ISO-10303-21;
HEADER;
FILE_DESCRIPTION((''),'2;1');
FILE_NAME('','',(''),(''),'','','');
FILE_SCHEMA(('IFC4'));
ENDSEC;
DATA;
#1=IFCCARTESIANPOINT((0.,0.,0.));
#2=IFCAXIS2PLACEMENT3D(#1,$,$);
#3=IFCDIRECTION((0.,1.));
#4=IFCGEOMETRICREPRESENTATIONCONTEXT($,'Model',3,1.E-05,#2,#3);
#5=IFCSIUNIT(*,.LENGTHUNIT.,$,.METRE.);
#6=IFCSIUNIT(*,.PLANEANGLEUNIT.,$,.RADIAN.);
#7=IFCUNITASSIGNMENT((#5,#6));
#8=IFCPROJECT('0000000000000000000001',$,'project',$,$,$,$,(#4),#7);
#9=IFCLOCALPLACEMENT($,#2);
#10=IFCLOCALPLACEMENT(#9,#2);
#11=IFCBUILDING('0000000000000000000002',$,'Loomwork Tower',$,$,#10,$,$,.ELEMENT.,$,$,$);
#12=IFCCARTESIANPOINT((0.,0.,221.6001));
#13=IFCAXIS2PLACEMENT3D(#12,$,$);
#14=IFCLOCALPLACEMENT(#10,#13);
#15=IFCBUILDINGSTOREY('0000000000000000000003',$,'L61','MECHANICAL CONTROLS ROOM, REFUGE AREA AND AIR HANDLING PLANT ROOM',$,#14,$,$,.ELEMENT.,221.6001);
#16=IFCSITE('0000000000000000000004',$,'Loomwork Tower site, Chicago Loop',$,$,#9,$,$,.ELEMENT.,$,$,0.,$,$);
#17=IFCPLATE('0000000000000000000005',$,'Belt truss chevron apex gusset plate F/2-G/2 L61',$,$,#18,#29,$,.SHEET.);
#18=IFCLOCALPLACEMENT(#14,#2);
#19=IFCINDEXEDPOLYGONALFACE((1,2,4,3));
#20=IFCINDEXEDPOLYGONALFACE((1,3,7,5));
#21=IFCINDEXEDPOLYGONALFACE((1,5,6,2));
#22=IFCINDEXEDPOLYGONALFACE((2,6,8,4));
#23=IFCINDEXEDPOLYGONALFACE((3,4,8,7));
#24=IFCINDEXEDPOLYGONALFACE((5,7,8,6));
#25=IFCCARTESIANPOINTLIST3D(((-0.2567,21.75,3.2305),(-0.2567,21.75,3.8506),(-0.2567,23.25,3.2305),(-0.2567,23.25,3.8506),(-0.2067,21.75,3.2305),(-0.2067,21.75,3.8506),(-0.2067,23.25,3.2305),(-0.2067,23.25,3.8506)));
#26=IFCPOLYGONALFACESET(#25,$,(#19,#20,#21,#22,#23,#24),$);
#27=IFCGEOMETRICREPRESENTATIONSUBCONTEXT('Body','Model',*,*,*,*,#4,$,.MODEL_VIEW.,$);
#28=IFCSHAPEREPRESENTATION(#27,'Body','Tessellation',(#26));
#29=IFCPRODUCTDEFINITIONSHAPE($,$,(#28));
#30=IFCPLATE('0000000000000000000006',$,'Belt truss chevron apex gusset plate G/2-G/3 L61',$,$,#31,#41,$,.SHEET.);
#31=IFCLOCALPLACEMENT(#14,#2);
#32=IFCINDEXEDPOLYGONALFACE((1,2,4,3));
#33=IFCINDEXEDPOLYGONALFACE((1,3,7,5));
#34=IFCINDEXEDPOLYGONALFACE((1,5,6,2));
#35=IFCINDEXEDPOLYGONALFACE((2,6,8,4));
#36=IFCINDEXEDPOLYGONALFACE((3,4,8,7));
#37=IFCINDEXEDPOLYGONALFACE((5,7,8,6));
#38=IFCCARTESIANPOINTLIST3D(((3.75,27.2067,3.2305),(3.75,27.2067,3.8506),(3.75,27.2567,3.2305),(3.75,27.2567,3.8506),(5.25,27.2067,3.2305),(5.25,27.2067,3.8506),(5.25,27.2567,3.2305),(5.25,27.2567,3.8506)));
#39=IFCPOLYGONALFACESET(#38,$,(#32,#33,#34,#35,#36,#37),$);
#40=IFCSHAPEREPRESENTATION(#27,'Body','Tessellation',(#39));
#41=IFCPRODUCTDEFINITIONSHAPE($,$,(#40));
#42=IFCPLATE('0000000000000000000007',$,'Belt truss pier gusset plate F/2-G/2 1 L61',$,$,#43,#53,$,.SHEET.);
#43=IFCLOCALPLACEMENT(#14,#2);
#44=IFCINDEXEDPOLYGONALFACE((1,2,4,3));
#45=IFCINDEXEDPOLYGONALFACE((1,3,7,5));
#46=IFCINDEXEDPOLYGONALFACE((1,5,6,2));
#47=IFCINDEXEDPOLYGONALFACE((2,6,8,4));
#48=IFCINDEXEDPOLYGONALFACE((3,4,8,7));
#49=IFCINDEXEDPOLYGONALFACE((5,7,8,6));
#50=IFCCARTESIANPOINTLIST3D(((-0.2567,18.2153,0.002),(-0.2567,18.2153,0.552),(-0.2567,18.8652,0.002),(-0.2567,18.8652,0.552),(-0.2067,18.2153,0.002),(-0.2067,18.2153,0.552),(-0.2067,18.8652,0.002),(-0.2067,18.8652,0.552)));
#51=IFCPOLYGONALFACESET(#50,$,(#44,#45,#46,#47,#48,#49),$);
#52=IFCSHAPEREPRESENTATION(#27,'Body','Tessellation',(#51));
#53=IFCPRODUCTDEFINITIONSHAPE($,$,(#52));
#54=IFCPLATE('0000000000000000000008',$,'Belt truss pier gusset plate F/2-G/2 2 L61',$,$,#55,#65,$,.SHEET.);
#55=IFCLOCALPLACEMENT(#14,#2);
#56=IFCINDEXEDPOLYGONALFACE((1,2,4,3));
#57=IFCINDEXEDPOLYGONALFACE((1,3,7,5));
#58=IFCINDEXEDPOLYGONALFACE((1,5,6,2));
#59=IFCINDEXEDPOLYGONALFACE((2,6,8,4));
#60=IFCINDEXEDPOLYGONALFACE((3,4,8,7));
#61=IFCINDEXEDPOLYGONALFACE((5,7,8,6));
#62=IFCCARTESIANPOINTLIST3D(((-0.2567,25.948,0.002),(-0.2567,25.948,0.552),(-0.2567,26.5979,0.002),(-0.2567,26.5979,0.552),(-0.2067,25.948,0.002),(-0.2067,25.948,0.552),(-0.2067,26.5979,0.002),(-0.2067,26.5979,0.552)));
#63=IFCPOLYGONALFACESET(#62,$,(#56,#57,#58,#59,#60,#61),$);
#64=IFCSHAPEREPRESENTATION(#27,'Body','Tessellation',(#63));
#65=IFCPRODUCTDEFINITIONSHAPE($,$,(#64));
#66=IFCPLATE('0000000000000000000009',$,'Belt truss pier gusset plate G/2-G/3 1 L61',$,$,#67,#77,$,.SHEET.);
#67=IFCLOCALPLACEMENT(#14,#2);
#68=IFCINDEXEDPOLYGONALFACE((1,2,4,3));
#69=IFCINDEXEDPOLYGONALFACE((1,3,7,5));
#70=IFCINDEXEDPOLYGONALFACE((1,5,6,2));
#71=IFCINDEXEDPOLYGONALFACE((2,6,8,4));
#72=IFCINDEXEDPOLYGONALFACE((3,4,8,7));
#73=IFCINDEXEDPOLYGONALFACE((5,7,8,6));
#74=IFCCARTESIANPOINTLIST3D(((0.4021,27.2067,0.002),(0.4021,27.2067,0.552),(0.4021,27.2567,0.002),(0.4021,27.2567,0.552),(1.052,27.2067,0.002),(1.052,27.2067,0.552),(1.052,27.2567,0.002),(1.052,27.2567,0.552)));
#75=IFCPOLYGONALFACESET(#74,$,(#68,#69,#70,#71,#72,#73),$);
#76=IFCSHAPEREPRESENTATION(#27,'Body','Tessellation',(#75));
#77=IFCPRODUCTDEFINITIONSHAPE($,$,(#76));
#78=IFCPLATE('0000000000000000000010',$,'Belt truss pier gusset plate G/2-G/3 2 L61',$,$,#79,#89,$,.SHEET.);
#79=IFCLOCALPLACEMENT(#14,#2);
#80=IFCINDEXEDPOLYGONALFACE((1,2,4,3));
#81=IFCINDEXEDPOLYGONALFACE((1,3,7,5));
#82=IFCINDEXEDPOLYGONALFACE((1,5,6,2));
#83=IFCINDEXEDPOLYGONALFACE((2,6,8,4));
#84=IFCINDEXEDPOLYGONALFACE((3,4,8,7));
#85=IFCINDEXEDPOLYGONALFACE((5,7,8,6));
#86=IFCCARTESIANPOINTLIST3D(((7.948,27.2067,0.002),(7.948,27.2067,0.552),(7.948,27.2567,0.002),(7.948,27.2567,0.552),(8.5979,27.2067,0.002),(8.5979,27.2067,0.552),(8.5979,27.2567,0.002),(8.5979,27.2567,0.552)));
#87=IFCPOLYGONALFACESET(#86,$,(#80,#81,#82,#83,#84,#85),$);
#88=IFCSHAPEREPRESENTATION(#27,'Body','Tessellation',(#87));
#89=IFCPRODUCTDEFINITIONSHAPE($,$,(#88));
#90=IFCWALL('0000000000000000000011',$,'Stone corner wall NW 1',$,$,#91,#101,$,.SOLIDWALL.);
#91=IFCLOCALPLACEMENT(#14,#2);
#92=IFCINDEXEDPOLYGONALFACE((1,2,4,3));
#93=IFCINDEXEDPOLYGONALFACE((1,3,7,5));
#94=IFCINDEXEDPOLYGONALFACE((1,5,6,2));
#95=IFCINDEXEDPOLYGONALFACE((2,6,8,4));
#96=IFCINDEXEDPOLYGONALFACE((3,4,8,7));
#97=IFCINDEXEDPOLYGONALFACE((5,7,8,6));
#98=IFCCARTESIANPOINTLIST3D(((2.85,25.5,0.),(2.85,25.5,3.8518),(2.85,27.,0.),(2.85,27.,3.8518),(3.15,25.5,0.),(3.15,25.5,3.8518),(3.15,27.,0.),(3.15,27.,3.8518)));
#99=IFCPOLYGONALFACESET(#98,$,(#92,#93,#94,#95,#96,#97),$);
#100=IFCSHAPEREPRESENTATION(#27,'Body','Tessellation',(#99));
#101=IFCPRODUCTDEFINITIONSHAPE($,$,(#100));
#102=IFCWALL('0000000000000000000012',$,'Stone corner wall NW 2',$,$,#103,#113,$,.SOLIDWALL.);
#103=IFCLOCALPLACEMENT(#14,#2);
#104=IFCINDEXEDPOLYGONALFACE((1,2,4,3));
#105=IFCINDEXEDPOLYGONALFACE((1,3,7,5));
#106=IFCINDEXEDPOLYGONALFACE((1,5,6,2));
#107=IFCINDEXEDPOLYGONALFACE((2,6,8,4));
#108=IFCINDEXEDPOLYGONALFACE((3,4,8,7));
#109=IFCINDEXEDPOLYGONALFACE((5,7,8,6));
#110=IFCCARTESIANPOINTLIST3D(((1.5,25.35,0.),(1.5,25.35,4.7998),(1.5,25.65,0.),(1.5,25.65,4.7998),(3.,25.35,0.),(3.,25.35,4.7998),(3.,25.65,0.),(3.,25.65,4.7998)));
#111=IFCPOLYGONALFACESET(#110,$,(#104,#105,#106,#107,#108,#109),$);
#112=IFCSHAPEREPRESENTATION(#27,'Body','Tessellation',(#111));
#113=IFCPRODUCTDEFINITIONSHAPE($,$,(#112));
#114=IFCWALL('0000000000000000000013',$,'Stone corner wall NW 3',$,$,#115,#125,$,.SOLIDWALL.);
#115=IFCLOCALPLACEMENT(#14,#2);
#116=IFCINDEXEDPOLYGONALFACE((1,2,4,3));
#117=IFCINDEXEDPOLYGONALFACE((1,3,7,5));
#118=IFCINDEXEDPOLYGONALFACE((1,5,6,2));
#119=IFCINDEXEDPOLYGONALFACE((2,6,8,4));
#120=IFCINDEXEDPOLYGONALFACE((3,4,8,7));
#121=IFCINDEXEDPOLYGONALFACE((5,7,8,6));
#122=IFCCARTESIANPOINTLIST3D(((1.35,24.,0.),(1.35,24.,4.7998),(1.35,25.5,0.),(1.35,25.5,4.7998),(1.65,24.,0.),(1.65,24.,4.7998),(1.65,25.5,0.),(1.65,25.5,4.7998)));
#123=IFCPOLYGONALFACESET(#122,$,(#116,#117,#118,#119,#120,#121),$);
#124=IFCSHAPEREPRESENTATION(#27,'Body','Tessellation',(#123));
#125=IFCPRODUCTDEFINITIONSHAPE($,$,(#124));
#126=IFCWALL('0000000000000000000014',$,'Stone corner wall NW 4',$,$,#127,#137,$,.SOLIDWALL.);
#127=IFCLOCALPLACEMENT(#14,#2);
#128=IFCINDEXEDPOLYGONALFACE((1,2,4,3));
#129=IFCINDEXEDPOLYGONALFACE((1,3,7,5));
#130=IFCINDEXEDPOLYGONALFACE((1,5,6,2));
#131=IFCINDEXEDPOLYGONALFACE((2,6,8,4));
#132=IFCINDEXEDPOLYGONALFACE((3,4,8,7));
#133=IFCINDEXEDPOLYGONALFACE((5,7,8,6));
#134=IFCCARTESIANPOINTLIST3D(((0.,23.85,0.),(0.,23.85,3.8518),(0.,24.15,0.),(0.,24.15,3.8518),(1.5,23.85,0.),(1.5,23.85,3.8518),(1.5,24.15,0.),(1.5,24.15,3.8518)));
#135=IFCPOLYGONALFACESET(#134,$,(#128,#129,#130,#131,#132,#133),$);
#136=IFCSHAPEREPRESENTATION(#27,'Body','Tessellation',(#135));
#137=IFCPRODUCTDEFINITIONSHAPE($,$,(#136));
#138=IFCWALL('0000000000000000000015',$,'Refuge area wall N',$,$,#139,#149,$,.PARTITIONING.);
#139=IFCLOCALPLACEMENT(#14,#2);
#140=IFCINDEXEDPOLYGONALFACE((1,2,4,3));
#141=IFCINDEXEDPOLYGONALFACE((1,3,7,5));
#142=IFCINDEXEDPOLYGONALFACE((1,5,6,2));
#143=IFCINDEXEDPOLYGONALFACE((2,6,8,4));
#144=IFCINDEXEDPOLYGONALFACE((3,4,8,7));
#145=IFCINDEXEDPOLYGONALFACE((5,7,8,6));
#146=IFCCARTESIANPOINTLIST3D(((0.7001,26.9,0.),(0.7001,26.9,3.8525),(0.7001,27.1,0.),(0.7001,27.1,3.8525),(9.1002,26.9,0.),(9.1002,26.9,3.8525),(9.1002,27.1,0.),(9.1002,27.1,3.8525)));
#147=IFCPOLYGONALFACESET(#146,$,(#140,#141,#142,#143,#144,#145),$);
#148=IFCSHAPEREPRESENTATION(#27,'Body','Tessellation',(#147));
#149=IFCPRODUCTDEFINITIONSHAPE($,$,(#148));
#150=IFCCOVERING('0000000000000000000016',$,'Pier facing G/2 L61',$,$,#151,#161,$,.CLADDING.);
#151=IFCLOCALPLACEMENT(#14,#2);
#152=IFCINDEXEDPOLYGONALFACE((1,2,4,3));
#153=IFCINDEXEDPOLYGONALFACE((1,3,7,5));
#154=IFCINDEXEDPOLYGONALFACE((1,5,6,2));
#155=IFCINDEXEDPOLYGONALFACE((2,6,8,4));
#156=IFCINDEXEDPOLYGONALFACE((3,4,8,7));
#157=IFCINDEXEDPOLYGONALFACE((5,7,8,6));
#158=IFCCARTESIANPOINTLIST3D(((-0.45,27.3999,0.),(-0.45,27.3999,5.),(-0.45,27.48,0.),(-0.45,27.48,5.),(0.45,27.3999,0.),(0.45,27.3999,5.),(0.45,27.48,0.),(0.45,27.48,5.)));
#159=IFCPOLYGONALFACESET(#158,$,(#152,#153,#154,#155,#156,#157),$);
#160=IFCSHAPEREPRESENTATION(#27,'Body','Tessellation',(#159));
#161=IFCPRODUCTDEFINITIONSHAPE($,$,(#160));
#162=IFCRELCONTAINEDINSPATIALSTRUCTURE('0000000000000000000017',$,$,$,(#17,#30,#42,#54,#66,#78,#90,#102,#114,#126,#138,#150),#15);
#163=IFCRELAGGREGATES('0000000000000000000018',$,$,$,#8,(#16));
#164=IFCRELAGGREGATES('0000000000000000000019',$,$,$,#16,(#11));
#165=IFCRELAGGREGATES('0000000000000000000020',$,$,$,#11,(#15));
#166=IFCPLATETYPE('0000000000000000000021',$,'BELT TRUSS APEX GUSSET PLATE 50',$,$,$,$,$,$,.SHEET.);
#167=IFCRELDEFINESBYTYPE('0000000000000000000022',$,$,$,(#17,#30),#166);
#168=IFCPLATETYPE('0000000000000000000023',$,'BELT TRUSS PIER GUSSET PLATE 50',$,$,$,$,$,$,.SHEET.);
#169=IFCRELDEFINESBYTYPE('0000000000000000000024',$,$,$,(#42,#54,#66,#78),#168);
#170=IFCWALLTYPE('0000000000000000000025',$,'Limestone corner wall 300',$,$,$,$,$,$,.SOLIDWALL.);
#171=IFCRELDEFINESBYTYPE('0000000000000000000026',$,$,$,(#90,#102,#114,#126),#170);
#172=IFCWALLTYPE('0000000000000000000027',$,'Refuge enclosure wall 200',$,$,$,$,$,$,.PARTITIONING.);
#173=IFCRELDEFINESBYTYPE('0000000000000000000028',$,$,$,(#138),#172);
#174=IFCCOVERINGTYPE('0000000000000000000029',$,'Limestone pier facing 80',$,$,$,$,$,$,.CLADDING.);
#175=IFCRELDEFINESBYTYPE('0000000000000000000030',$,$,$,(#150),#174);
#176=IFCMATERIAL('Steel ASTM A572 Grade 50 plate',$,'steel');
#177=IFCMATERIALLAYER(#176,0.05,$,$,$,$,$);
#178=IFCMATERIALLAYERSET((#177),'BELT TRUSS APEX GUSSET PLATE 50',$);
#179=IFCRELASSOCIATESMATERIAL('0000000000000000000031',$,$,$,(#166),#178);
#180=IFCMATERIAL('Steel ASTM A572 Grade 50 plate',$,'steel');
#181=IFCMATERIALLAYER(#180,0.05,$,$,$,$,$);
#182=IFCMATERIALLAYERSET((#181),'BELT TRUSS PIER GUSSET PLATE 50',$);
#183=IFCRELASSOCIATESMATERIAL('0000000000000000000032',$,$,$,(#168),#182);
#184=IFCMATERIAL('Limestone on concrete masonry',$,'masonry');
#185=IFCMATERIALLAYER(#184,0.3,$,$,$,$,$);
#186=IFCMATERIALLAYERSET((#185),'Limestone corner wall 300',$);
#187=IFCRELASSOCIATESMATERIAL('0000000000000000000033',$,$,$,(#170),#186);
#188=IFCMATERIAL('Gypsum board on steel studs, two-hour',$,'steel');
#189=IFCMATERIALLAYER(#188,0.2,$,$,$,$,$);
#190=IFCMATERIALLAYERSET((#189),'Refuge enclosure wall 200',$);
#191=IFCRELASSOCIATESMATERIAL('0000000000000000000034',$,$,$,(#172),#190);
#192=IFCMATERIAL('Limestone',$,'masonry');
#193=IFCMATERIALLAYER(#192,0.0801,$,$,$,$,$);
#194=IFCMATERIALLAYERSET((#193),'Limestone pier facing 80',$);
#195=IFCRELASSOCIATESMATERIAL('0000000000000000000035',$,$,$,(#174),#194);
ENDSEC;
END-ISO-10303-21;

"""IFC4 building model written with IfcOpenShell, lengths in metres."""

from ifc_helpers import new_model, si_unit, direction, frame, frame_2d, origin, origin_2d, place, context, subcontext, project, spatial, rectangle, extrude, material, layer, layer_set, type_object, element, save


model = new_model("IFC4")

# Units and contexts
model_context = context("Model", 3, precision=1e-05, world=origin(), true_north=direction((0.0, 1.0)))
body_context = subcontext(model_context, "Body", "Model", "MODEL_VIEW")
ifc_project = project(units=[si_unit("LENGTHUNIT", "METRE"), si_unit("PLANEANGLEUNIT", "RADIAN")], contexts=[model_context])

# Site, building, storey
site_placement = place(None, origin())
site = spatial("IfcSite", under=ifc_project, at=site_placement, Name="Loomwork Tower site, Chicago Loop", CompositionType="ELEMENT", RefElevation=0.0)
building_placement = place(site_placement, origin())
building = spatial("IfcBuilding", under=site, at=building_placement, Name="Loomwork Tower", CompositionType="ELEMENT")
storey_placement = place(building_placement, frame((0.0, 0.0, 221.6001)))
storey = spatial("IfcBuildingStorey", under=building, at=storey_placement, Name="L61", Description="MECHANICAL CONTROLS ROOM, REFUGE AREA AND AIR HANDLING PLANT ROOM", CompositionType="ELEMENT", Elevation=221.6001)

# Plates
ifc_material_1 = material(Name="Steel ASTM A572 Grade 50 plate", Category="steel")
ifc_layer_1 = layer(ifc_material_1, 0.05)
ifc_layer_set_1 = layer_set([ifc_layer_1], Name="BELT TRUSS APEX GUSSET PLATE 50")
plate_type_1 = type_object("IfcPlateType", Name="BELT TRUSS APEX GUSSET PLATE 50", PredefinedType="SHEET", material=ifc_layer_set_1)
for number, where, z_axis, x_axis, name in (
    (1, (-0.2317, 22.5, 3.2305), (0.0, 0.0, 1.0), (0.0, 1.0, 0.0), "Belt truss chevron apex gusset plate F/2-G/2 L61"),
    (2, (4.5, 27.2317, 3.2305), (0.0, 0.0, 1.0), (1.0, 0.0, 0.0), "Belt truss chevron apex gusset plate G/2-G/3 L61"),
):
    element("IfcPlate", number, at=place(storey_placement, frame(where, z_axis=z_axis, x_axis=x_axis)), inside=storey, type_object=plate_type_1, Name=name, PredefinedType="SHEET", context=body_context, shape_type="SweptSolid", body=[
        extrude(rectangle(XDim=1.5, YDim=0.05, at=origin_2d()), origin(), (0.0, 0.0, 1.0), 0.6201),
    ])
ifc_material_2 = material(Name="Steel ASTM A572 Grade 50 plate", Category="steel")
ifc_layer_2 = layer(ifc_material_2, 0.05)
ifc_layer_set_2 = layer_set([ifc_layer_2], Name="BELT TRUSS PIER GUSSET PLATE 50")
plate_type_2 = type_object("IfcPlateType", Name="BELT TRUSS PIER GUSSET PLATE 50", PredefinedType="SHEET", material=ifc_layer_set_2)
for number, where, z_axis, x_axis, name in (
    (3, (-0.2317, 18.5403, 0.002), (0.0, 0.0, 1.0), (0.0, 1.0, 0.0), "Belt truss pier gusset plate F/2-G/2 1 L61"),
    (4, (-0.2317, 26.2729, 0.002), (0.0, 0.0, 1.0), (0.0, 1.0, 0.0), "Belt truss pier gusset plate F/2-G/2 2 L61"),
    (5, (0.7271, 27.2317, 0.002), (0.0, 0.0, 1.0), (1.0, 0.0, 0.0), "Belt truss pier gusset plate G/2-G/3 1 L61"),
    (6, (8.2729, 27.2317, 0.002), (0.0, 0.0, 1.0), (1.0, 0.0, 0.0), "Belt truss pier gusset plate G/2-G/3 2 L61"),
):
    element("IfcPlate", number, at=place(storey_placement, frame(where, z_axis=z_axis, x_axis=x_axis)), inside=storey, type_object=plate_type_2, Name=name, PredefinedType="SHEET", context=body_context, shape_type="SweptSolid", body=[
        extrude(rectangle(XDim=0.6499, YDim=0.05, at=origin_2d()), origin(), (0.0, 0.0, 1.0), 0.55),
    ])

# Walls
ifc_material_3 = material(Name="Limestone on concrete masonry", Category="masonry")
ifc_layer_3 = layer(ifc_material_3, 0.3)
ifc_layer_set_3 = layer_set([ifc_layer_3], Name="Limestone corner wall 300")
wall_type_1 = type_object("IfcWallType", Name="Limestone corner wall 300", PredefinedType="SOLIDWALL", material=ifc_layer_set_3)
wall_1_placement = place(storey_placement, frame((3.0, 27.0, 0.0), z_axis=(0.0, 0.0, 1.0), x_axis=(0.0, -1.0, 0.0)))
element("IfcWall", 7, at=wall_1_placement, inside=storey, type_object=wall_type_1, Name="Stone corner wall NW 1", PredefinedType="SOLIDWALL", context=body_context, shape_type="SweptSolid", body=[
    extrude(rectangle(XDim=1.5, YDim=0.3, at=frame_2d((0.75, 0.0))), origin(), (0.0, 0.0, 1.0), 3.8518),
])
for number, where, z_axis, x_axis, name in (
    (8, (3.0, 25.5, 0.0), (0.0, 0.0, 1.0), (-1.0, 0.0, 0.0), "Stone corner wall NW 2"),
    (9, (1.5, 25.5, 0.0), (0.0, 0.0, 1.0), (0.0, -1.0, 0.0), "Stone corner wall NW 3"),
):
    element("IfcWall", number, at=place(storey_placement, frame(where, z_axis=z_axis, x_axis=x_axis)), inside=storey, type_object=wall_type_1, Name=name, PredefinedType="SOLIDWALL", context=body_context, shape_type="SweptSolid", body=[
        extrude(rectangle(XDim=1.5, YDim=0.3, at=frame_2d((0.75, 0.0))), origin(), (0.0, 0.0, 1.0), 4.7998),
    ])
wall_2_placement = place(storey_placement, frame((1.5, 24.0, 0.0), z_axis=(0.0, 0.0, 1.0), x_axis=(-1.0, 0.0, 0.0)))
element("IfcWall", 10, at=wall_2_placement, inside=storey, type_object=wall_type_1, Name="Stone corner wall NW 4", PredefinedType="SOLIDWALL", context=body_context, shape_type="SweptSolid", body=[
    extrude(rectangle(XDim=1.5, YDim=0.3, at=frame_2d((0.75, 0.0))), origin(), (0.0, 0.0, 1.0), 3.8518),
])
ifc_material_4 = material(Name="Gypsum board on steel studs, two-hour", Category="steel")
ifc_layer_4 = layer(ifc_material_4, 0.2)
ifc_layer_set_4 = layer_set([ifc_layer_4], Name="Refuge enclosure wall 200")
wall_type_2 = type_object("IfcWallType", Name="Refuge enclosure wall 200", PredefinedType="PARTITIONING", material=ifc_layer_set_4)
wall_3_placement = place(storey_placement, frame((0.7, 27.0, 0.0), z_axis=(0.0, 0.0, 1.0), x_axis=(1.0, 0.0, 0.0)))
element("IfcWall", 11, at=wall_3_placement, inside=storey, type_object=wall_type_2, Name="Refuge area wall N", PredefinedType="PARTITIONING", context=body_context, shape_type="SweptSolid", body=[
    extrude(rectangle(XDim=8.4001, YDim=0.2, at=frame_2d((4.2002, 0.0))), origin(), (0.0, 0.0, 1.0), 3.8525),
])

# Covering
ifc_material_5 = material(Name="Limestone", Category="masonry")
ifc_layer_5 = layer(ifc_material_5, 0.0801)
ifc_layer_set_5 = layer_set([ifc_layer_5], Name="Limestone pier facing 80")
covering_type = type_object("IfcCoveringType", Name="Limestone pier facing 80", PredefinedType="CLADDING", material=ifc_layer_set_5)
covering_placement = place(storey_placement, frame((0.0, 27.4399, 0.0), z_axis=(0.0, 0.0, 1.0), x_axis=(1.0, 0.0, 0.0)))
element("IfcCovering", 12, at=covering_placement, inside=storey, type_object=covering_type, Name="Pier facing G/2 L61", PredefinedType="CLADDING", context=body_context, shape_type="SweptSolid", body=[
    extrude(rectangle(XDim=0.8999, YDim=0.0801, at=origin_2d()), origin(), (0.0, 0.0, 1.0), 5.0),
])

save(model, "model.ifc")
